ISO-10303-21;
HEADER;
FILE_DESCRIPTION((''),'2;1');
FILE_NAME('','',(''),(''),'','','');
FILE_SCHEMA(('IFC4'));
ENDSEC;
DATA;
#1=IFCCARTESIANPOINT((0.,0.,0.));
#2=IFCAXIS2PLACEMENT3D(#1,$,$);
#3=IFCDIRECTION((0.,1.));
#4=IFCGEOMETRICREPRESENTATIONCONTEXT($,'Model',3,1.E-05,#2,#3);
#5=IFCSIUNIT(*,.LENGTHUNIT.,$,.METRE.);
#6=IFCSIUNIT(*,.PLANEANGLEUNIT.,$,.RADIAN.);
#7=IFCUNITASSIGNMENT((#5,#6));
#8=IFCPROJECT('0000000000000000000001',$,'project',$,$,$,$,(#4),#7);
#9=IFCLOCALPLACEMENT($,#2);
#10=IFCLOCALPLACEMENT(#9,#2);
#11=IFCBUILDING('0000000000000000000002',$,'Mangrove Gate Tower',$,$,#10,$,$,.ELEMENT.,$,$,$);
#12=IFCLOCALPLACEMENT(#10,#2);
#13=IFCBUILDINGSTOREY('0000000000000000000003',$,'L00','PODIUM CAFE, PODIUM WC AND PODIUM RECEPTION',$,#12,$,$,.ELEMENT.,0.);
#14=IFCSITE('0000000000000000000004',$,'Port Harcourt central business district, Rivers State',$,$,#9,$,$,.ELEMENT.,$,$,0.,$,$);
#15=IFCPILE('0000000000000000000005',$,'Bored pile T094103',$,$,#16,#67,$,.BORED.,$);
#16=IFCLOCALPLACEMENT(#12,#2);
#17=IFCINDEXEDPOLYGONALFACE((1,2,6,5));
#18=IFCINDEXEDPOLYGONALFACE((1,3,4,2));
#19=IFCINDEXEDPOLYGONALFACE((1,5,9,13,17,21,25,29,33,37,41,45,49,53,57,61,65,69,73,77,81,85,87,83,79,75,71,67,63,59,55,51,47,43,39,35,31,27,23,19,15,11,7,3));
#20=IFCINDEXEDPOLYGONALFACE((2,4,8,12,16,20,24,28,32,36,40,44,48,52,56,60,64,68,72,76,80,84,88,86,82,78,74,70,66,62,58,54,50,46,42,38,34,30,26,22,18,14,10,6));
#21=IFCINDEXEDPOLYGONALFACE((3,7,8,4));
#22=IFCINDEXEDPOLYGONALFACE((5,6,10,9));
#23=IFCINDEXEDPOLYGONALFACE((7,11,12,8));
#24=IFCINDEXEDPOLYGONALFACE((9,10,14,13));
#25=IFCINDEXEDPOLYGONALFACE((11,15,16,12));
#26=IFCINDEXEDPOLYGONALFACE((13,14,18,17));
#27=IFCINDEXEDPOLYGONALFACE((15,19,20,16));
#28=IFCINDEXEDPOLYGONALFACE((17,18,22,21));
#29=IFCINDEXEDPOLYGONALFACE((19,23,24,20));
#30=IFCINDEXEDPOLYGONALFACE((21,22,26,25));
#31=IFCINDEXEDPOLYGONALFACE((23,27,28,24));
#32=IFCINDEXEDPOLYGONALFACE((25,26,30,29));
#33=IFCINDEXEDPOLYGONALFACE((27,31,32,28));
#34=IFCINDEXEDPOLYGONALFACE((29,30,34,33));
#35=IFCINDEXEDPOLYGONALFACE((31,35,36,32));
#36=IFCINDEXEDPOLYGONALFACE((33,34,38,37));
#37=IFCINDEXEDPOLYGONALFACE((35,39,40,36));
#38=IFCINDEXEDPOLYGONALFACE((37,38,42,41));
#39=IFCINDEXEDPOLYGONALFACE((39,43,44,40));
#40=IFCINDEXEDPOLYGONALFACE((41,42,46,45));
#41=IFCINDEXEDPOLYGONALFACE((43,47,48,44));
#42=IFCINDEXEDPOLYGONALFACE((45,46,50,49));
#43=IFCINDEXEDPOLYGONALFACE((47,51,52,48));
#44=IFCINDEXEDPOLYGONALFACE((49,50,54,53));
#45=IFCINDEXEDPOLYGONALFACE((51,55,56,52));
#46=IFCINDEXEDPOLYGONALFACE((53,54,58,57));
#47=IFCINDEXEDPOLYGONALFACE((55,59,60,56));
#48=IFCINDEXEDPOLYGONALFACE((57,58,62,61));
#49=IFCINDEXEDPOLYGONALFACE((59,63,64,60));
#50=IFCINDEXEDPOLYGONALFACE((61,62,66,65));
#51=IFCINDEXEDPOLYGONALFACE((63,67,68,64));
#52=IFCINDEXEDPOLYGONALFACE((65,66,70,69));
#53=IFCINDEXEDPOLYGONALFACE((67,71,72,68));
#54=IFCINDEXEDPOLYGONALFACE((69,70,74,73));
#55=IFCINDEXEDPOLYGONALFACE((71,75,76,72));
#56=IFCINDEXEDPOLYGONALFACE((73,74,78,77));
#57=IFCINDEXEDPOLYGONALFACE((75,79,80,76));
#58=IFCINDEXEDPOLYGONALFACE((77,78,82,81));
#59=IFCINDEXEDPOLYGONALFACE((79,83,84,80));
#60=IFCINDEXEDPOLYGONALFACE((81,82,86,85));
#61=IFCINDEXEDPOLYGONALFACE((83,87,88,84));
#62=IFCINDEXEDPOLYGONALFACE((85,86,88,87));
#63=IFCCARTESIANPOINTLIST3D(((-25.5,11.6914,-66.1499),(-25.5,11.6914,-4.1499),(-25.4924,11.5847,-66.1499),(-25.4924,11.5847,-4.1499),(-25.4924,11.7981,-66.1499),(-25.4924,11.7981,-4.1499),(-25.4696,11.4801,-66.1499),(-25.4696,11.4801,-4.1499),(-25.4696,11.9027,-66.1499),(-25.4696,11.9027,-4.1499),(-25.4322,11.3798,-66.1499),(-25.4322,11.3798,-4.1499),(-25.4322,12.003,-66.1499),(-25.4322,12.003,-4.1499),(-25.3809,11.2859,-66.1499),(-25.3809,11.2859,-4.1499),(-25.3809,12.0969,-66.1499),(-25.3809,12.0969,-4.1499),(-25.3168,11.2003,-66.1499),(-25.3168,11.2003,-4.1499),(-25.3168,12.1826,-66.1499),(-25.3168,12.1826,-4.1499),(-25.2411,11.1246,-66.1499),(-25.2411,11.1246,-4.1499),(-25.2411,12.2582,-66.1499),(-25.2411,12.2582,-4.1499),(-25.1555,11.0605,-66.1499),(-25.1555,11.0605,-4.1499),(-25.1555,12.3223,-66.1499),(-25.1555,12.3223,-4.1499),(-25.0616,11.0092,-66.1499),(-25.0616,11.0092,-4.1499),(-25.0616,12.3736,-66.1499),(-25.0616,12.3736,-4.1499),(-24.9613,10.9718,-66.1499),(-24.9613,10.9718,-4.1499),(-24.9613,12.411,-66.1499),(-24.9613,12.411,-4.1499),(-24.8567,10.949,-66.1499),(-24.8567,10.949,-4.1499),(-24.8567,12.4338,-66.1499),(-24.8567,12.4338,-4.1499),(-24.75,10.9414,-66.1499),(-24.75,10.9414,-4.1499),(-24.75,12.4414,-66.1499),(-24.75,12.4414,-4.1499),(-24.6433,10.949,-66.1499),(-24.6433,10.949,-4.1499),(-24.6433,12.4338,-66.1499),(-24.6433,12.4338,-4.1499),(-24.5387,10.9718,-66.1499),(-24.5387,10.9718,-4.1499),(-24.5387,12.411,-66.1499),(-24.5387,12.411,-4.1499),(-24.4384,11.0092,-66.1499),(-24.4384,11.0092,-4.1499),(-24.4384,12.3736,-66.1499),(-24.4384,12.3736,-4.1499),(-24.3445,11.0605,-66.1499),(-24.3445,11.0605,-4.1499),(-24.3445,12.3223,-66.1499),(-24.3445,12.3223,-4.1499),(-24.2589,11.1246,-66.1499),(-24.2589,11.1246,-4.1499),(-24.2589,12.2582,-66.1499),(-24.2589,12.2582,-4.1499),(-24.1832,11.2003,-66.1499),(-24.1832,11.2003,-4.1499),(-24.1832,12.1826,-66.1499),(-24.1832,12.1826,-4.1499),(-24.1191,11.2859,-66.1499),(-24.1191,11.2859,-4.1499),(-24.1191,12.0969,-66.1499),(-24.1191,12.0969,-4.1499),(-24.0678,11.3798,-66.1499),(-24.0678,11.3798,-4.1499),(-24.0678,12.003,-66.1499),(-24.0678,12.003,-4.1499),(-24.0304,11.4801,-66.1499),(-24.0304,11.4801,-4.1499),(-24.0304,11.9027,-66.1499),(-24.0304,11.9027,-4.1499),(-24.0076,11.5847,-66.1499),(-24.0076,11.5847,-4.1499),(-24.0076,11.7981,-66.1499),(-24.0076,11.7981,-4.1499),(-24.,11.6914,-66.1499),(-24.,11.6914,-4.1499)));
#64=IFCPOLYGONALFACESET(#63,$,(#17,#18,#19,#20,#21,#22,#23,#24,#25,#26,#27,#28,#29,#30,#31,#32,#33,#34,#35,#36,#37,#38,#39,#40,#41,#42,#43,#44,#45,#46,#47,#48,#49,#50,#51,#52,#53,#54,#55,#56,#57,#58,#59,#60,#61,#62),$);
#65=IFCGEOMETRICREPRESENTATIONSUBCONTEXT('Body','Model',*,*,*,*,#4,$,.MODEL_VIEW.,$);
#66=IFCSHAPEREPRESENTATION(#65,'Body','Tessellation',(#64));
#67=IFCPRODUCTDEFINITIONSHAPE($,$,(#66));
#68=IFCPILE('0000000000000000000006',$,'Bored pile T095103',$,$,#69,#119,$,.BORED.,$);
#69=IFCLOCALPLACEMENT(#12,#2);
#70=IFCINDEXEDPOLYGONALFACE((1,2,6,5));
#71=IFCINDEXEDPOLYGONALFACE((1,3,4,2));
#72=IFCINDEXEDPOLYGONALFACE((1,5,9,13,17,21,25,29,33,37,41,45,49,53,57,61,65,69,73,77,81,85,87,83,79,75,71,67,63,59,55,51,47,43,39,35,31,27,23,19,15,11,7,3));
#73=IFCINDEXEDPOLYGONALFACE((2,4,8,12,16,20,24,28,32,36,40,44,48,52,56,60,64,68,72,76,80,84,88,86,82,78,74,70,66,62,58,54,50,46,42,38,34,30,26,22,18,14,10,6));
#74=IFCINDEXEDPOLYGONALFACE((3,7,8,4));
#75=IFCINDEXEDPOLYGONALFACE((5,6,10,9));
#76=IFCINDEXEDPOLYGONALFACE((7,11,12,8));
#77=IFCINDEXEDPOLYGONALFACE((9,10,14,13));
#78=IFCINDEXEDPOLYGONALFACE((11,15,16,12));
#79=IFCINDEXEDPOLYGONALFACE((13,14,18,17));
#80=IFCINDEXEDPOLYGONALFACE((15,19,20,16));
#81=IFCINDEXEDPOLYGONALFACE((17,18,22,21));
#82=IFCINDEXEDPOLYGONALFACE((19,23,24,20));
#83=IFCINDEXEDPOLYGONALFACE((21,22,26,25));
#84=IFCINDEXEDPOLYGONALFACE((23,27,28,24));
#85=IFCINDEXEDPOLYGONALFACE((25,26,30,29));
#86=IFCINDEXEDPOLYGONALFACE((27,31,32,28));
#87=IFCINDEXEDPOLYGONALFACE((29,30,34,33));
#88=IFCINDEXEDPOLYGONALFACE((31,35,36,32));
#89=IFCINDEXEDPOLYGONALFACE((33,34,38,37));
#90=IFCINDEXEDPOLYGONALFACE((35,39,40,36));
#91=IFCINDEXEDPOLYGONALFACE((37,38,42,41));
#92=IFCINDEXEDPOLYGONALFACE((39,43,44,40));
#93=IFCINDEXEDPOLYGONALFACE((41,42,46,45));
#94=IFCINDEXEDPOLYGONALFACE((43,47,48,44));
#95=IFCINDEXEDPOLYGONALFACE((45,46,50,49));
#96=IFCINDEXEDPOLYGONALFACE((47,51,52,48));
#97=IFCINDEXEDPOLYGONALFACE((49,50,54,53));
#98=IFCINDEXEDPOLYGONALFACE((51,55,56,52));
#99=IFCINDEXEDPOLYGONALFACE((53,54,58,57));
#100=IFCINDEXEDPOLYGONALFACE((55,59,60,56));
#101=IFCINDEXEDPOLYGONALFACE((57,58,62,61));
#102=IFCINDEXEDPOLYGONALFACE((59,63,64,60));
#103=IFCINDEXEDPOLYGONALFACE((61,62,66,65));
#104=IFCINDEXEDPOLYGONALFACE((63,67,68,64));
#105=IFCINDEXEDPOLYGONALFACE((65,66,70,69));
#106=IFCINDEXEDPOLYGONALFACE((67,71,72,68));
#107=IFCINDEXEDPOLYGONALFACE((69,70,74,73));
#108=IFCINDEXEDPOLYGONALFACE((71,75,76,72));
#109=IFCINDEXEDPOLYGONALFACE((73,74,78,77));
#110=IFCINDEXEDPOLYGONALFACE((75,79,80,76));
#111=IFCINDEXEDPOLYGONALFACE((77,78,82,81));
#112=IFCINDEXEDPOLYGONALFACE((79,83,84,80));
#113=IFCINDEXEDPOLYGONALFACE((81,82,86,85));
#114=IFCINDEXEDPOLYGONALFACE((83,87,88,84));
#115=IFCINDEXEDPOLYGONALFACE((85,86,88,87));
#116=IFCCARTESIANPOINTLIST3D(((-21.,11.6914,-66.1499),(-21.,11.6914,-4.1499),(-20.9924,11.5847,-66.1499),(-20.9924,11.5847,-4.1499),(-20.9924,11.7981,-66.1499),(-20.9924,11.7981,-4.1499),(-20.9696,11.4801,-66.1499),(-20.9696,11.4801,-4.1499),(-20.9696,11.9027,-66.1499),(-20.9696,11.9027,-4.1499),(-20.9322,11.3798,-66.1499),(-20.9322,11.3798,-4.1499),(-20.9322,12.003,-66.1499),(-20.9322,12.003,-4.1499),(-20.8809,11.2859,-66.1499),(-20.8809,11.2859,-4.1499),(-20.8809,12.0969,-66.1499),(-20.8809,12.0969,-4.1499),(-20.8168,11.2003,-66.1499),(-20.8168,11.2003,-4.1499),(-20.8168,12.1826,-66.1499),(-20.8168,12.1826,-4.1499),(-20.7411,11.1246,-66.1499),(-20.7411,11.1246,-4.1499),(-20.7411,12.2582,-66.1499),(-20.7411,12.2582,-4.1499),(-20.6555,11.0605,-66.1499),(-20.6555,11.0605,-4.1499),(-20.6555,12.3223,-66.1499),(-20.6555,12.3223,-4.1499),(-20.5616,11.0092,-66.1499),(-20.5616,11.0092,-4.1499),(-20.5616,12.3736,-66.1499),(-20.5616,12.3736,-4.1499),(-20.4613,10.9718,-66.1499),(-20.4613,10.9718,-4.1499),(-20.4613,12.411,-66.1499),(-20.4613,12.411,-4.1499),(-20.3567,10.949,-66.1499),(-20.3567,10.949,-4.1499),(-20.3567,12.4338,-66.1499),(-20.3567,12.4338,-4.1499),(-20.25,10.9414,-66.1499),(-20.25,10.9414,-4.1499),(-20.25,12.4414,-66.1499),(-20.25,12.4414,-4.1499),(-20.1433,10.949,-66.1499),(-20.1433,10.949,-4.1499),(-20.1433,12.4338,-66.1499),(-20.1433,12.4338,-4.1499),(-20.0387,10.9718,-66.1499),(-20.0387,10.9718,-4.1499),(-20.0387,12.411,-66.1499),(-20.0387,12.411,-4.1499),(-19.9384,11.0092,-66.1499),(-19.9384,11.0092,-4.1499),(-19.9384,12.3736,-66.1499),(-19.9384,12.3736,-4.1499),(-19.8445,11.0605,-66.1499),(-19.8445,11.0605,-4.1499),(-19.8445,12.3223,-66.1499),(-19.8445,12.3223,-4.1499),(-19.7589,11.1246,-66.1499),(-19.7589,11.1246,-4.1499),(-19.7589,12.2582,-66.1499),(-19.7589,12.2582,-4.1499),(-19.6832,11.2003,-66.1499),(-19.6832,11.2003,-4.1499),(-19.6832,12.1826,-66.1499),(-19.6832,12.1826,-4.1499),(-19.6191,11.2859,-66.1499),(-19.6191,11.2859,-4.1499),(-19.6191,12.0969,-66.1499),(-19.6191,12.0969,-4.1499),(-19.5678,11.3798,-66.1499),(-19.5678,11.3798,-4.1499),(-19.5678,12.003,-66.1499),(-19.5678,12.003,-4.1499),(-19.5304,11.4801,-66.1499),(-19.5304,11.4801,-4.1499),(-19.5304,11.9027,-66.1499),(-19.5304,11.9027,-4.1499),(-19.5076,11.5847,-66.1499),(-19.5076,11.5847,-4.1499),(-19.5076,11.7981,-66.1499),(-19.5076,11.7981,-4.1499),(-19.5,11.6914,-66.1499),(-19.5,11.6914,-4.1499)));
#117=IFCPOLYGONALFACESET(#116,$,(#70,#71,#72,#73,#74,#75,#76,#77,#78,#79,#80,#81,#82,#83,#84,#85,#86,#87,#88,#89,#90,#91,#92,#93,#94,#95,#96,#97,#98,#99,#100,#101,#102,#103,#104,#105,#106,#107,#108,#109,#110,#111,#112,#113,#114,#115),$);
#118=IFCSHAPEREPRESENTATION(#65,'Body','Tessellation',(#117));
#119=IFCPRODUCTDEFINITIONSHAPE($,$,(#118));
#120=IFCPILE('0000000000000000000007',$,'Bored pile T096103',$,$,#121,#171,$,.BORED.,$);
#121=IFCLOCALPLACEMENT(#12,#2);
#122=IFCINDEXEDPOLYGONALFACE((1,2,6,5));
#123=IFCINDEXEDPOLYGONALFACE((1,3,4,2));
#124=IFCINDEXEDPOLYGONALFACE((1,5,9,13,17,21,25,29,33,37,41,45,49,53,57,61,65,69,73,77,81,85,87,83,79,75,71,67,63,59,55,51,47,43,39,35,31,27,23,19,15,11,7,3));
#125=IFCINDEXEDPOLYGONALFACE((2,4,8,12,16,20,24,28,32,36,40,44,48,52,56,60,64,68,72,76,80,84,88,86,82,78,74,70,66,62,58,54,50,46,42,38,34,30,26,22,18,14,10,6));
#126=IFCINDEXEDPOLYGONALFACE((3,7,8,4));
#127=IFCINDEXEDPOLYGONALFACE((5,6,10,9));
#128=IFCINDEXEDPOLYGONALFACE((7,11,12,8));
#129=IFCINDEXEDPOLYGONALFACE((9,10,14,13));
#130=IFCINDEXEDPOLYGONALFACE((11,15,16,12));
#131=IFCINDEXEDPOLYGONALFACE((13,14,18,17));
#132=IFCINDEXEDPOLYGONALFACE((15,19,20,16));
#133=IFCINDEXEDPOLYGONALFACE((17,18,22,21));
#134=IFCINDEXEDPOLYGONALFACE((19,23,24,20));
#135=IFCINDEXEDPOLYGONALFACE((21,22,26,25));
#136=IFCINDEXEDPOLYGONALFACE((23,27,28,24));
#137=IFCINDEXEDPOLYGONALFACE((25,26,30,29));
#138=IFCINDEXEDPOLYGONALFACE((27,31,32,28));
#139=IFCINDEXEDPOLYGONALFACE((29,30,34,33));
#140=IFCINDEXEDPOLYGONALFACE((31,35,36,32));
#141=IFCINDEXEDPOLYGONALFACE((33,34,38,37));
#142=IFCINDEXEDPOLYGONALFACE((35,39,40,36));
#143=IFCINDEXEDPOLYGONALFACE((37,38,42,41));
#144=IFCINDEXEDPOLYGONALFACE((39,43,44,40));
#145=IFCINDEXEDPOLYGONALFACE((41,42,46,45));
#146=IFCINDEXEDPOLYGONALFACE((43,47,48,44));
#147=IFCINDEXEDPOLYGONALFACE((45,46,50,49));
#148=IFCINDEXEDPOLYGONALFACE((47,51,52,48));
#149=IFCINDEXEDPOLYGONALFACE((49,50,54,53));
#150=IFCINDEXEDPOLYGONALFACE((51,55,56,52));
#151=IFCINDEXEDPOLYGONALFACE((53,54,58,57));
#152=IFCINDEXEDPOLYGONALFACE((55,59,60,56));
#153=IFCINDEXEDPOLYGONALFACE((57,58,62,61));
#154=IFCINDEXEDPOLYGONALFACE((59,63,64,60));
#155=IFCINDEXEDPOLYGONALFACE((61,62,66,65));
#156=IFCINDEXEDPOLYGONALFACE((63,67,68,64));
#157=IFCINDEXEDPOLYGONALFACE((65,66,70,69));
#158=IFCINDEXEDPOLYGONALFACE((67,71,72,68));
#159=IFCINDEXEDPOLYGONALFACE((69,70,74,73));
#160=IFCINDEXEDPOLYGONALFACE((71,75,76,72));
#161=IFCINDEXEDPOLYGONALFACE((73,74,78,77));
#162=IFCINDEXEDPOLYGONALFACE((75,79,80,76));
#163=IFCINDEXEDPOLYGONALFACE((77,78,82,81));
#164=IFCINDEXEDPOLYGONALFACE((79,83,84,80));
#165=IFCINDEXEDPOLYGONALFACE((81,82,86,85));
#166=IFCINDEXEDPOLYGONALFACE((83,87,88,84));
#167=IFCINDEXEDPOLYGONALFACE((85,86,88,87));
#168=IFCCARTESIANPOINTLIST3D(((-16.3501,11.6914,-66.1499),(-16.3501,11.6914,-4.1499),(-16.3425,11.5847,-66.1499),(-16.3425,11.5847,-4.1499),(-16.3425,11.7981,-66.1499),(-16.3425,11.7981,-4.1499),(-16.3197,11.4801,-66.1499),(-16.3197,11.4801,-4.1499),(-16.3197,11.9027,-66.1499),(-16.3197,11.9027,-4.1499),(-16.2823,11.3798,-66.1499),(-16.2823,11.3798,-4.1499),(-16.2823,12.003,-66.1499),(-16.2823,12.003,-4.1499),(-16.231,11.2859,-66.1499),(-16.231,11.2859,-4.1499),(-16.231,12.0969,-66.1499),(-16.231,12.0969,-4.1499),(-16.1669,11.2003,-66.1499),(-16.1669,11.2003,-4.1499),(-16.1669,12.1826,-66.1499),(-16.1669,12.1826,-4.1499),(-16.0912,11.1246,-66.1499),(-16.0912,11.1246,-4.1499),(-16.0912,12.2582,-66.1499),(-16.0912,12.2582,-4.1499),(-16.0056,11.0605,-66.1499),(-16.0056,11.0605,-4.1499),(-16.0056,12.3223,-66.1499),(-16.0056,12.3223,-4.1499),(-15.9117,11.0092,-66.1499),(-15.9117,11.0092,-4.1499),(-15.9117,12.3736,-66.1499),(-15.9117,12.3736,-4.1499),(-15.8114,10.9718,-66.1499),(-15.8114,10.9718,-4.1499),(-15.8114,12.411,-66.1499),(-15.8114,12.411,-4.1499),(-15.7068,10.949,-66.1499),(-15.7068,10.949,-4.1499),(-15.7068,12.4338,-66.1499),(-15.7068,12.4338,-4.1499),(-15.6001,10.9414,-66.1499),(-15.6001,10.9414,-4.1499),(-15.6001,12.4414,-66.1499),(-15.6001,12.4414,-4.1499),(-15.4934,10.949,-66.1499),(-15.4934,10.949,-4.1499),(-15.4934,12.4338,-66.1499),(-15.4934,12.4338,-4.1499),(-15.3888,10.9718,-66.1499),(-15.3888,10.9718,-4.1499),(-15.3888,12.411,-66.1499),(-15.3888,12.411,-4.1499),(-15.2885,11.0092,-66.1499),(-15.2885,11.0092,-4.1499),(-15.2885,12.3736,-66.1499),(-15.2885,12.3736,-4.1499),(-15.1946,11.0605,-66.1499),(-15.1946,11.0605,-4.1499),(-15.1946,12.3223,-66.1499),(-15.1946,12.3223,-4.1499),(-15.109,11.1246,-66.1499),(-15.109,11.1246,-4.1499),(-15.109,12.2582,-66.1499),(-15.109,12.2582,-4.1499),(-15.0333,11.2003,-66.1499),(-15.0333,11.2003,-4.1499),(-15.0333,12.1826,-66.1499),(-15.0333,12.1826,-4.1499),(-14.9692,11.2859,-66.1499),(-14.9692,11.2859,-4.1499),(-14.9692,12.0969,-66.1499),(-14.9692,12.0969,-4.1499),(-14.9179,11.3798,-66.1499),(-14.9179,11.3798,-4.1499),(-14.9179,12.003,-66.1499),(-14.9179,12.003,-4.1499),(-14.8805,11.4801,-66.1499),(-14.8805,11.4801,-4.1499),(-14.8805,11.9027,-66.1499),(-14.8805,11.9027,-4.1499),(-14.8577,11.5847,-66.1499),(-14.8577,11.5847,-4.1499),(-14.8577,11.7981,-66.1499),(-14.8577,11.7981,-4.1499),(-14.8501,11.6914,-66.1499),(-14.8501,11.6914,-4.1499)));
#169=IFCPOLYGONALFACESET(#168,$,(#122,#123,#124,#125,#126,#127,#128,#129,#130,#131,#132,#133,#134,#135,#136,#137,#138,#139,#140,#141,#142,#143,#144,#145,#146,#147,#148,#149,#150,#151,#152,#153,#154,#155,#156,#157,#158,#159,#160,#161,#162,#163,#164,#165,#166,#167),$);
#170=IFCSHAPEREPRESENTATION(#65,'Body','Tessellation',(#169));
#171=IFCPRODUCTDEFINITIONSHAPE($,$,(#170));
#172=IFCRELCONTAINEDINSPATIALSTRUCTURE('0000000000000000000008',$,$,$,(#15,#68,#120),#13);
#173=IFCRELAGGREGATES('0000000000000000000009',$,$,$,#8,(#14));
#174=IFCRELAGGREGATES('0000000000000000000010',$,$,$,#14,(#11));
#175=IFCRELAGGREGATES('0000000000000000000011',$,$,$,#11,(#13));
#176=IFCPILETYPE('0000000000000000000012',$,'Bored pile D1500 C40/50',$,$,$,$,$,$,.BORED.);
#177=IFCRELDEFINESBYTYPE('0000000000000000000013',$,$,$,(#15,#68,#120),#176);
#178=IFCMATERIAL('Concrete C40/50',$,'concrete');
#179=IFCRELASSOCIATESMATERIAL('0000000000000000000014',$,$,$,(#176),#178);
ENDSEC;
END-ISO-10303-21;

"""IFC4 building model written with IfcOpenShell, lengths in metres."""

from ifc_helpers import new_model, si_unit, direction, frame, origin, origin_2d, place, context, subcontext, project, spatial, circle, extrude, material, material_profile, profile_set, type_object, element, save


model = new_model("IFC4")

# Units and contexts
model_context = context("Model", 3, precision=1e-05, world=origin(), true_north=direction((0.0, 1.0)))
body_context = subcontext(model_context, "Body", "Model", "MODEL_VIEW")
ifc_project = project(units=[si_unit("LENGTHUNIT", "METRE"), si_unit("PLANEANGLEUNIT", "RADIAN")], contexts=[model_context])

# Site, building, storey
site_placement = place(None, origin())
site = spatial("IfcSite", under=ifc_project, at=site_placement, Name="Port Harcourt central business district, Rivers State", CompositionType="ELEMENT", RefElevation=0.0)
building_placement = place(site_placement, origin())
building = spatial("IfcBuilding", under=site, at=building_placement, Name="Mangrove Gate Tower", CompositionType="ELEMENT")
storey_placement = place(building_placement, origin())
storey = spatial("IfcBuildingStorey", under=building, at=storey_placement, Name="L00", Description="PODIUM CAFE, PODIUM WC AND PODIUM RECEPTION", CompositionType="ELEMENT", Elevation=0.0)

# Piles
ifc_material_1 = material(Name="Concrete C40/50", Category="concrete")
ifc_material_profile = material_profile(ifc_material_1, circle(Radius=0.75, at=origin_2d()))
ifc_profile_set = profile_set([ifc_material_profile], Name="Concrete C40/50")
pile_type = type_object("IfcPileType", Name="Bored pile D1500 C40/50", PredefinedType="BORED", material=ifc_profile_set)
for number, where, z_axis, x_axis, name in (
    (1, (-24.75, 11.6914, -4.1499), (0.0, 0.0, -1.0), (1.0, 0.0, 0.0), "Bored pile T094103"),
    (2, (-20.25, 11.6914, -4.1499), (0.0, 0.0, -1.0), (1.0, 0.0, 0.0), "Bored pile T095103"),
    (3, (-15.6001, 11.6914, -4.1499), (0.0, 0.0, -1.0), (1.0, 0.0, 0.0), "Bored pile T096103"),
):
    element("IfcPile", number, at=place(storey_placement, frame(where, z_axis=z_axis, x_axis=x_axis)), inside=storey, type_object=pile_type, Name=name, PredefinedType="BORED", context=body_context, shape_type="SweptSolid", body=[
        extrude(circle(Radius=0.75, at=origin_2d()), origin(), (0.0, 0.0, 1.0), 62.0),
    ])

save(model, "model.ifc")
